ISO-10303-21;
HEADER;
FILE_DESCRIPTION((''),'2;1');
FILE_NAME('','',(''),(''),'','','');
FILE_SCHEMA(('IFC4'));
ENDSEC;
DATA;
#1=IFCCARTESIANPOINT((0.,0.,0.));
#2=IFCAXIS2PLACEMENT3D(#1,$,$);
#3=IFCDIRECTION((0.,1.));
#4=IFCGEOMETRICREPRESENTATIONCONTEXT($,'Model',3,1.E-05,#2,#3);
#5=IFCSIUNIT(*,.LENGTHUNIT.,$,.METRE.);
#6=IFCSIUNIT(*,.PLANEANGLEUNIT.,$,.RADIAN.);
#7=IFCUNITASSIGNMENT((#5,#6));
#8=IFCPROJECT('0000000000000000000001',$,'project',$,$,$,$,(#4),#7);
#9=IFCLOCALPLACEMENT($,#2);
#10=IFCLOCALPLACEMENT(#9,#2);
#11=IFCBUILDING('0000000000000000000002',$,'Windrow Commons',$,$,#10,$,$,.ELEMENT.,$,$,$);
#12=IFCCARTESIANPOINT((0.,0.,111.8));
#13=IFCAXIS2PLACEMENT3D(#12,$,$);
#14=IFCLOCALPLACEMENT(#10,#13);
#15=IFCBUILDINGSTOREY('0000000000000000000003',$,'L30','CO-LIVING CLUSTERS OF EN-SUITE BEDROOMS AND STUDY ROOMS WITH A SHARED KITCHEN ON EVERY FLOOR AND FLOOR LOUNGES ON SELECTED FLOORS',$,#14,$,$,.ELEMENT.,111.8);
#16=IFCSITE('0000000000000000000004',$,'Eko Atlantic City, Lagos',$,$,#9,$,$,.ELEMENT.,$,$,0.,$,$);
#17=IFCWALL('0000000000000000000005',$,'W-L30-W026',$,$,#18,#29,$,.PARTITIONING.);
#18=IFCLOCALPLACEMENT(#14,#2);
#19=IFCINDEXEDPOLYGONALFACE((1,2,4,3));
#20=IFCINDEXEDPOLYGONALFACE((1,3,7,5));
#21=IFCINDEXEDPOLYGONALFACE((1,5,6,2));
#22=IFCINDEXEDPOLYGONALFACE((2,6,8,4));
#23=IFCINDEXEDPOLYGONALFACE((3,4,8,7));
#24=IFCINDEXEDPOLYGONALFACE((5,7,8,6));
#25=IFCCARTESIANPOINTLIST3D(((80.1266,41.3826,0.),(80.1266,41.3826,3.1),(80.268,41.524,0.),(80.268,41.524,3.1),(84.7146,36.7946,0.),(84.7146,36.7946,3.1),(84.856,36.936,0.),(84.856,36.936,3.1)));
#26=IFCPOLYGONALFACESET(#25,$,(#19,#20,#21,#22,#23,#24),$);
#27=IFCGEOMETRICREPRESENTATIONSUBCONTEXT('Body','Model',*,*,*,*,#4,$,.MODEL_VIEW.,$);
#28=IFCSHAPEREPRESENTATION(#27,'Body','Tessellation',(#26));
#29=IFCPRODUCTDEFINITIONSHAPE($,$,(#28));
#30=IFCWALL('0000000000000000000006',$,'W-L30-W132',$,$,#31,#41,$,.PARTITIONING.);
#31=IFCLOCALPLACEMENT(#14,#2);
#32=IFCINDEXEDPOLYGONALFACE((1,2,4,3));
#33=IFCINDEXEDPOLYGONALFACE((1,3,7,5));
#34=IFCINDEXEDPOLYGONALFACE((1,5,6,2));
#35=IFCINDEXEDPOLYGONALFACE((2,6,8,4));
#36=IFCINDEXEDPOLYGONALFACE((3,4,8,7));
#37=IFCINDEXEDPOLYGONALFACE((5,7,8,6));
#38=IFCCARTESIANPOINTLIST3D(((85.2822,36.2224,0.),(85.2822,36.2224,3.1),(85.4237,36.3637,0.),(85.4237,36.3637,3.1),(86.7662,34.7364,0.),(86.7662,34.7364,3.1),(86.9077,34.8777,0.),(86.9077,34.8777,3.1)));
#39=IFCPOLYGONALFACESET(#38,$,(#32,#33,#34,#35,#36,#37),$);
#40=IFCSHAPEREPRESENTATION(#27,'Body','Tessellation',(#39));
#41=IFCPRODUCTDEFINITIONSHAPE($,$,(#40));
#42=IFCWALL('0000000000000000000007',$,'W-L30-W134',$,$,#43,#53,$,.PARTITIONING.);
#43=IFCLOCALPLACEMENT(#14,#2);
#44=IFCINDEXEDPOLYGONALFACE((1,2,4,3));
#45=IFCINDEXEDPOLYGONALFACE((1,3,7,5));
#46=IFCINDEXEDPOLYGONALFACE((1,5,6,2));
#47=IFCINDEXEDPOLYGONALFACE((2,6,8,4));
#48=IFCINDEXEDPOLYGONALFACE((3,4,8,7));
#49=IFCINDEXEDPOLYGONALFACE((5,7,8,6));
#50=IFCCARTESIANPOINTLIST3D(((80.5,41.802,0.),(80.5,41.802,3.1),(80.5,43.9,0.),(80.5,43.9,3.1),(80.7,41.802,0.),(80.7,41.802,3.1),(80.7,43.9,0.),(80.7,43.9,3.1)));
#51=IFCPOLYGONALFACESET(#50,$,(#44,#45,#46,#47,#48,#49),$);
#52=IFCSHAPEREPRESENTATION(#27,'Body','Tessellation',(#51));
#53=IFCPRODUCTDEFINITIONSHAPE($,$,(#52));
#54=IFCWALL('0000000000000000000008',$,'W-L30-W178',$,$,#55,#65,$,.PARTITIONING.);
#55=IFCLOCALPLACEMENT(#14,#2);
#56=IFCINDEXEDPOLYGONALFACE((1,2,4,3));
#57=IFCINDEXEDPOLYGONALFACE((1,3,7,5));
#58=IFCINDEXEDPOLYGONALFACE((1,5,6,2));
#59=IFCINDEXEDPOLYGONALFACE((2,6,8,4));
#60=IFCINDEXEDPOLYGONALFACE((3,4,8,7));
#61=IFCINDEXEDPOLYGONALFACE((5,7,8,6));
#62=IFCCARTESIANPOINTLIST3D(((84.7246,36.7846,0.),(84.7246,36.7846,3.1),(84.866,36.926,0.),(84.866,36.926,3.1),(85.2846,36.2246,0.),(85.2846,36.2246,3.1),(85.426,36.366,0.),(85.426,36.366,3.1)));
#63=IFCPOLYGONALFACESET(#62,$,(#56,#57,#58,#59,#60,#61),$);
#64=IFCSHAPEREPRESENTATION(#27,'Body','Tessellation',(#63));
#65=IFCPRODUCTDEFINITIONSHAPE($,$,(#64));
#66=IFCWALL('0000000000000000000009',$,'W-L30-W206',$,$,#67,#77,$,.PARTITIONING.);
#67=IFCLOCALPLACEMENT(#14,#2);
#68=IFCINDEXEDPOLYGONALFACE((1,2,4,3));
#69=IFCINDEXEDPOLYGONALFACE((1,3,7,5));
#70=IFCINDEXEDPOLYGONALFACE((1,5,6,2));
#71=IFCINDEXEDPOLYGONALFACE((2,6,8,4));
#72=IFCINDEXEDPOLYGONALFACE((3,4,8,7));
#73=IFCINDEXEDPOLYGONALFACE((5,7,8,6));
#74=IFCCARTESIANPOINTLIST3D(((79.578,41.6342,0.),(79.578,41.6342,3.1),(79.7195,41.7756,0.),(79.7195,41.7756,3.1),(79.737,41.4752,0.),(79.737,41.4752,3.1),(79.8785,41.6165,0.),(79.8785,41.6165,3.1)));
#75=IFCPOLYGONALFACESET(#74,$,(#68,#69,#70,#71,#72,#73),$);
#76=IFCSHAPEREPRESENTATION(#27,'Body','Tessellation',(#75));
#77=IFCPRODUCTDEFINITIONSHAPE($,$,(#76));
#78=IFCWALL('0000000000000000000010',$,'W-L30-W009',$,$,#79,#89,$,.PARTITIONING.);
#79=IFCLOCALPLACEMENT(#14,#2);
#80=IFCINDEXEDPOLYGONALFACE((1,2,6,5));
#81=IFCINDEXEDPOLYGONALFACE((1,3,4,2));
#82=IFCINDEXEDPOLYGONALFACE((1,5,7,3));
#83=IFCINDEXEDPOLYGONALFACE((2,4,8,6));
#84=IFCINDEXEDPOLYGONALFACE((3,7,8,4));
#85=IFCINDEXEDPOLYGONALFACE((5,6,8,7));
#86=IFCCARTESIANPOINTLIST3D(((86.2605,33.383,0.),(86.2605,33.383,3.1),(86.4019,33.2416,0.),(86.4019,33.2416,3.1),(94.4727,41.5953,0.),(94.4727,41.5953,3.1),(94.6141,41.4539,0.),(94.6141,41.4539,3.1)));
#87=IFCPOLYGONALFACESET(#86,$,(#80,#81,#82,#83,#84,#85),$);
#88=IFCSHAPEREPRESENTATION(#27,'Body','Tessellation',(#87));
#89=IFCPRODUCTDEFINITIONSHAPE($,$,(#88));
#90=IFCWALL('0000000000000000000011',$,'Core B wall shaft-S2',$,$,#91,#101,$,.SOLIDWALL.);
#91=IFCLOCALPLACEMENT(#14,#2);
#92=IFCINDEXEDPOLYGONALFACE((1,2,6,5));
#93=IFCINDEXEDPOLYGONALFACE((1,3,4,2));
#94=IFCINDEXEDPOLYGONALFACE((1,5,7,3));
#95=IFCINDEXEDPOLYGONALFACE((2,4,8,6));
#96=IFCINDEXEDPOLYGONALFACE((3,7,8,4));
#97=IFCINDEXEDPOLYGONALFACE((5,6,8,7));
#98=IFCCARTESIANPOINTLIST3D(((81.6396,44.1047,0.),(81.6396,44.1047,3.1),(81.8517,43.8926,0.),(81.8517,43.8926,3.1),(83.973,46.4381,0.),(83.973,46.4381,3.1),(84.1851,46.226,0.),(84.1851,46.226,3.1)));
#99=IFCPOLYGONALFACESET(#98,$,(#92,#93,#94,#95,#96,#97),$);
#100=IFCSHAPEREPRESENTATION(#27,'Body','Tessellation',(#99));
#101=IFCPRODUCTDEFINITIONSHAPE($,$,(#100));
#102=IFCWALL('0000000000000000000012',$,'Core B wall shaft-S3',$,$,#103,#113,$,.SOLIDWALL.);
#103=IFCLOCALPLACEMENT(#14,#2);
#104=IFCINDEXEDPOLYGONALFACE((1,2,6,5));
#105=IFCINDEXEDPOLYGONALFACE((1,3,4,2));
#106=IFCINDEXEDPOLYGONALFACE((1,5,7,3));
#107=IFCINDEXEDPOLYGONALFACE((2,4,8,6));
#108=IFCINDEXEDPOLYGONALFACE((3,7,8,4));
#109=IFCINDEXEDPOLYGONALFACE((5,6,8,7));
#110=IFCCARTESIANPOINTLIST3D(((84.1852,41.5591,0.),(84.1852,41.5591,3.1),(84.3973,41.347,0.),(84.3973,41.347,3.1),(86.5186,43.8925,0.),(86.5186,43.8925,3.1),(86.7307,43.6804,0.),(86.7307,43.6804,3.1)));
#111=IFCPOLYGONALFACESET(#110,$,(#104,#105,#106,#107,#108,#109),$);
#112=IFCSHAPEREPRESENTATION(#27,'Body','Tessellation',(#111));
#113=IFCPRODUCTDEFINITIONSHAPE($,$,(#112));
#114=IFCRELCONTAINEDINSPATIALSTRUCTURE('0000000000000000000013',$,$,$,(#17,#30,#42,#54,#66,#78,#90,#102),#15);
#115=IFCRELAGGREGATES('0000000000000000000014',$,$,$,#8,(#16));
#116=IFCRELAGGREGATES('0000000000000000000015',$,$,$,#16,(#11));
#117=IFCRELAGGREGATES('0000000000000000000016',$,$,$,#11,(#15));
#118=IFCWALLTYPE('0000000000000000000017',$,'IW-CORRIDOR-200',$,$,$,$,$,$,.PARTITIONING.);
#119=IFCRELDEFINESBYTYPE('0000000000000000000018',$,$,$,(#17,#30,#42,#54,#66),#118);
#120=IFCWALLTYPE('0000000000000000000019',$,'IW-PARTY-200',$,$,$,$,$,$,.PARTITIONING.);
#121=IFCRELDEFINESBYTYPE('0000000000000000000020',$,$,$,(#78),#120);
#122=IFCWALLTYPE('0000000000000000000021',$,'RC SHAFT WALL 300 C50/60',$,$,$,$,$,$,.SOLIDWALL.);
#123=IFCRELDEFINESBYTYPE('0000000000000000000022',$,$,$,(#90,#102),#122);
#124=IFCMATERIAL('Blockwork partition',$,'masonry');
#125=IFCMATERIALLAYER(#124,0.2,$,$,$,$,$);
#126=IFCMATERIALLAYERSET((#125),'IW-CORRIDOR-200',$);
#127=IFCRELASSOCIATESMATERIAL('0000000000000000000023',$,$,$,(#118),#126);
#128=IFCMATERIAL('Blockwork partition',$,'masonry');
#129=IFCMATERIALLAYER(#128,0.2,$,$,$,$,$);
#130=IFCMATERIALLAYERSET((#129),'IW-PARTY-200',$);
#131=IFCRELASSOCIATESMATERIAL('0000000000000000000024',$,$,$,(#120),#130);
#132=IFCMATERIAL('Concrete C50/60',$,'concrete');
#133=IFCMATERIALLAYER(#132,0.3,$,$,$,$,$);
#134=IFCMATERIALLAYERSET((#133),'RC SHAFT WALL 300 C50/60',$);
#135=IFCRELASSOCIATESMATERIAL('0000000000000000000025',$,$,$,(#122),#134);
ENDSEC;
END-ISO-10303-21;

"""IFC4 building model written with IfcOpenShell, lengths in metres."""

from ifc_helpers import new_model, si_unit, direction, frame, frame_2d, origin, place, context, subcontext, project, spatial, rectangle, extrude, material, layer, layer_set, type_object, element, save


model = new_model("IFC4")

# Units and contexts
model_context = context("Model", 3, precision=1e-05, world=origin(), true_north=direction((0.0, 1.0)))
body_context = subcontext(model_context, "Body", "Model", "MODEL_VIEW")
ifc_project = project(units=[si_unit("LENGTHUNIT", "METRE"), si_unit("PLANEANGLEUNIT", "RADIAN")], contexts=[model_context])

# Site, building, storey
site_placement = place(None, origin())
site = spatial("IfcSite", under=ifc_project, at=site_placement, Name="Eko Atlantic City, Lagos", CompositionType="ELEMENT", RefElevation=0.0)
building_placement = place(site_placement, origin())
building = spatial("IfcBuilding", under=site, at=building_placement, Name="Windrow Commons", CompositionType="ELEMENT")
storey_placement = place(building_placement, frame((0.0, 0.0, 111.8)))
storey = spatial("IfcBuildingStorey", under=building, at=storey_placement, Name="L30", Description="CO-LIVING CLUSTERS OF EN-SUITE BEDROOMS AND STUDY ROOMS WITH A SHARED KITCHEN ON EVERY FLOOR AND FLOOR LOUNGES ON SELECTED FLOORS", CompositionType="ELEMENT", Elevation=111.8)

# Shared definitions
ifc_material_1 = material(Name="Blockwork partition", Category="masonry")
ifc_layer_1 = layer(ifc_material_1, 0.2)
ifc_layer_set_1 = layer_set([ifc_layer_1], Name="IW-CORRIDOR-200")
wall_type_1 = type_object("IfcWallType", Name="IW-CORRIDOR-200", PredefinedType="PARTITIONING", material=ifc_layer_set_1)

# Walls
wall_1_placement = place(storey_placement, frame((80.1973, 41.4533, 0.0), z_axis=(0.0, 0.0, 1.0), x_axis=(0.707107, -0.707107, 0.0)))
element("IfcWall", 1, at=wall_1_placement, inside=storey, type_object=wall_type_1, Name="W-L30-W026", PredefinedType="PARTITIONING", context=body_context, shape_type="SweptSolid", body=[
    extrude(rectangle(XDim=6.4884, YDim=0.2, at=frame_2d((3.2442, 0.0))), origin(), (0.0, 0.0, 1.0), 3.1),
])
wall_2_placement = place(storey_placement, frame((85.353, 36.293, 0.0), z_axis=(0.0, 0.0, 1.0), x_axis=(0.70663, -0.707583, 0.0)))
element("IfcWall", 2, at=wall_2_placement, inside=storey, type_object=wall_type_1, Name="W-L30-W132", PredefinedType="PARTITIONING", context=body_context, shape_type="SweptSolid", body=[
    extrude(rectangle(XDim=2.1001, YDim=0.2, at=frame_2d((1.05, 0.0))), origin(), (0.0, 0.0, 1.0), 3.1),
])
wall_3_placement = place(storey_placement, frame((80.6, 41.802, 0.0), z_axis=(0.0, 0.0, 1.0), x_axis=(0.0, 1.0, 0.0)))
element("IfcWall", 3, at=wall_3_placement, inside=storey, type_object=wall_type_1, Name="W-L30-W134", PredefinedType="PARTITIONING", context=body_context, shape_type="SweptSolid", body=[
    extrude(rectangle(XDim=2.098, YDim=0.2, at=frame_2d((1.049, 0.0))), origin(), (0.0, 0.0, 1.0), 3.1),
])
wall_4_placement = place(storey_placement, frame((84.7953, 36.8553, 0.0), z_axis=(0.0, 0.0, 1.0), x_axis=(0.707107, -0.707107, 0.0)))
element("IfcWall", 4, at=wall_4_placement, inside=storey, type_object=wall_type_1, Name="W-L30-W178", PredefinedType="PARTITIONING", context=body_context, shape_type="SweptSolid", body=[
    extrude(rectangle(XDim=0.792, YDim=0.2, at=frame_2d((0.396, 0.0))), origin(), (0.0, 0.0, 1.0), 3.1),
])
wall_5_placement = place(storey_placement, frame((79.6488, 41.7049, 0.0), z_axis=(0.0, 0.0, 1.0), x_axis=(0.706884, -0.707329, 0.0)))
element("IfcWall", 5, at=wall_5_placement, inside=storey, type_object=wall_type_1, Name="W-L30-W206", PredefinedType="PARTITIONING", context=body_context, shape_type="SweptSolid", body=[
    extrude(rectangle(XDim=0.2249, YDim=0.2, at=frame_2d((0.1124, 0.0))), origin(), (0.0, 0.0, 1.0), 3.1),
])
ifc_material_2 = material(Name="Blockwork partition", Category="masonry")
ifc_layer_2 = layer(ifc_material_2, 0.2)
ifc_layer_set_2 = layer_set([ifc_layer_2], Name="IW-PARTY-200")
wall_type_2 = type_object("IfcWallType", Name="IW-PARTY-200", PredefinedType="PARTITIONING", material=ifc_layer_set_2)
wall_6_placement = place(storey_placement, frame((86.3312, 33.3123, 0.0), z_axis=(0.0, 0.0, 1.0), x_axis=(0.707102, 0.707111, 0.0)))
element("IfcWall", 6, at=wall_6_placement, inside=storey, type_object=wall_type_2, Name="W-L30-W009", PredefinedType="PARTITIONING", context=body_context, shape_type="SweptSolid", body=[
    extrude(rectangle(XDim=11.6139, YDim=0.2, at=frame_2d((5.8069, 0.0))), origin(), (0.0, 0.0, 1.0), 3.1),
])
ifc_material_3 = material(Name="Concrete C50/60", Category="concrete")
ifc_layer_3 = layer(ifc_material_3, 0.3)
ifc_layer_set_3 = layer_set([ifc_layer_3], Name="RC SHAFT WALL 300 C50/60")
wall_type_3 = type_object("IfcWallType", Name="RC SHAFT WALL 300 C50/60", PredefinedType="SOLIDWALL", material=ifc_layer_set_3)
for number, where, z_axis, x_axis, name in (
    (7, (81.7456, 43.9986, 0.0), (0.0, 0.0, 1.0), (0.707107, 0.707107, 0.0), "Core B wall shaft-S2"),
    (8, (84.2912, 41.453, 0.0), (0.0, 0.0, 1.0), (0.707107, 0.707107, 0.0), "Core B wall shaft-S3"),
):
    element("IfcWall", number, at=place(storey_placement, frame(where, z_axis=z_axis, x_axis=x_axis)), inside=storey, type_object=wall_type_3, Name=name, PredefinedType="SOLIDWALL", context=body_context, shape_type="SweptSolid", body=[
        extrude(rectangle(XDim=3.2999, YDim=0.3, at=frame_2d((1.65, 0.0))), origin(), (0.0, 0.0, 1.0), 3.1),
    ])

save(model, "model.ifc")
